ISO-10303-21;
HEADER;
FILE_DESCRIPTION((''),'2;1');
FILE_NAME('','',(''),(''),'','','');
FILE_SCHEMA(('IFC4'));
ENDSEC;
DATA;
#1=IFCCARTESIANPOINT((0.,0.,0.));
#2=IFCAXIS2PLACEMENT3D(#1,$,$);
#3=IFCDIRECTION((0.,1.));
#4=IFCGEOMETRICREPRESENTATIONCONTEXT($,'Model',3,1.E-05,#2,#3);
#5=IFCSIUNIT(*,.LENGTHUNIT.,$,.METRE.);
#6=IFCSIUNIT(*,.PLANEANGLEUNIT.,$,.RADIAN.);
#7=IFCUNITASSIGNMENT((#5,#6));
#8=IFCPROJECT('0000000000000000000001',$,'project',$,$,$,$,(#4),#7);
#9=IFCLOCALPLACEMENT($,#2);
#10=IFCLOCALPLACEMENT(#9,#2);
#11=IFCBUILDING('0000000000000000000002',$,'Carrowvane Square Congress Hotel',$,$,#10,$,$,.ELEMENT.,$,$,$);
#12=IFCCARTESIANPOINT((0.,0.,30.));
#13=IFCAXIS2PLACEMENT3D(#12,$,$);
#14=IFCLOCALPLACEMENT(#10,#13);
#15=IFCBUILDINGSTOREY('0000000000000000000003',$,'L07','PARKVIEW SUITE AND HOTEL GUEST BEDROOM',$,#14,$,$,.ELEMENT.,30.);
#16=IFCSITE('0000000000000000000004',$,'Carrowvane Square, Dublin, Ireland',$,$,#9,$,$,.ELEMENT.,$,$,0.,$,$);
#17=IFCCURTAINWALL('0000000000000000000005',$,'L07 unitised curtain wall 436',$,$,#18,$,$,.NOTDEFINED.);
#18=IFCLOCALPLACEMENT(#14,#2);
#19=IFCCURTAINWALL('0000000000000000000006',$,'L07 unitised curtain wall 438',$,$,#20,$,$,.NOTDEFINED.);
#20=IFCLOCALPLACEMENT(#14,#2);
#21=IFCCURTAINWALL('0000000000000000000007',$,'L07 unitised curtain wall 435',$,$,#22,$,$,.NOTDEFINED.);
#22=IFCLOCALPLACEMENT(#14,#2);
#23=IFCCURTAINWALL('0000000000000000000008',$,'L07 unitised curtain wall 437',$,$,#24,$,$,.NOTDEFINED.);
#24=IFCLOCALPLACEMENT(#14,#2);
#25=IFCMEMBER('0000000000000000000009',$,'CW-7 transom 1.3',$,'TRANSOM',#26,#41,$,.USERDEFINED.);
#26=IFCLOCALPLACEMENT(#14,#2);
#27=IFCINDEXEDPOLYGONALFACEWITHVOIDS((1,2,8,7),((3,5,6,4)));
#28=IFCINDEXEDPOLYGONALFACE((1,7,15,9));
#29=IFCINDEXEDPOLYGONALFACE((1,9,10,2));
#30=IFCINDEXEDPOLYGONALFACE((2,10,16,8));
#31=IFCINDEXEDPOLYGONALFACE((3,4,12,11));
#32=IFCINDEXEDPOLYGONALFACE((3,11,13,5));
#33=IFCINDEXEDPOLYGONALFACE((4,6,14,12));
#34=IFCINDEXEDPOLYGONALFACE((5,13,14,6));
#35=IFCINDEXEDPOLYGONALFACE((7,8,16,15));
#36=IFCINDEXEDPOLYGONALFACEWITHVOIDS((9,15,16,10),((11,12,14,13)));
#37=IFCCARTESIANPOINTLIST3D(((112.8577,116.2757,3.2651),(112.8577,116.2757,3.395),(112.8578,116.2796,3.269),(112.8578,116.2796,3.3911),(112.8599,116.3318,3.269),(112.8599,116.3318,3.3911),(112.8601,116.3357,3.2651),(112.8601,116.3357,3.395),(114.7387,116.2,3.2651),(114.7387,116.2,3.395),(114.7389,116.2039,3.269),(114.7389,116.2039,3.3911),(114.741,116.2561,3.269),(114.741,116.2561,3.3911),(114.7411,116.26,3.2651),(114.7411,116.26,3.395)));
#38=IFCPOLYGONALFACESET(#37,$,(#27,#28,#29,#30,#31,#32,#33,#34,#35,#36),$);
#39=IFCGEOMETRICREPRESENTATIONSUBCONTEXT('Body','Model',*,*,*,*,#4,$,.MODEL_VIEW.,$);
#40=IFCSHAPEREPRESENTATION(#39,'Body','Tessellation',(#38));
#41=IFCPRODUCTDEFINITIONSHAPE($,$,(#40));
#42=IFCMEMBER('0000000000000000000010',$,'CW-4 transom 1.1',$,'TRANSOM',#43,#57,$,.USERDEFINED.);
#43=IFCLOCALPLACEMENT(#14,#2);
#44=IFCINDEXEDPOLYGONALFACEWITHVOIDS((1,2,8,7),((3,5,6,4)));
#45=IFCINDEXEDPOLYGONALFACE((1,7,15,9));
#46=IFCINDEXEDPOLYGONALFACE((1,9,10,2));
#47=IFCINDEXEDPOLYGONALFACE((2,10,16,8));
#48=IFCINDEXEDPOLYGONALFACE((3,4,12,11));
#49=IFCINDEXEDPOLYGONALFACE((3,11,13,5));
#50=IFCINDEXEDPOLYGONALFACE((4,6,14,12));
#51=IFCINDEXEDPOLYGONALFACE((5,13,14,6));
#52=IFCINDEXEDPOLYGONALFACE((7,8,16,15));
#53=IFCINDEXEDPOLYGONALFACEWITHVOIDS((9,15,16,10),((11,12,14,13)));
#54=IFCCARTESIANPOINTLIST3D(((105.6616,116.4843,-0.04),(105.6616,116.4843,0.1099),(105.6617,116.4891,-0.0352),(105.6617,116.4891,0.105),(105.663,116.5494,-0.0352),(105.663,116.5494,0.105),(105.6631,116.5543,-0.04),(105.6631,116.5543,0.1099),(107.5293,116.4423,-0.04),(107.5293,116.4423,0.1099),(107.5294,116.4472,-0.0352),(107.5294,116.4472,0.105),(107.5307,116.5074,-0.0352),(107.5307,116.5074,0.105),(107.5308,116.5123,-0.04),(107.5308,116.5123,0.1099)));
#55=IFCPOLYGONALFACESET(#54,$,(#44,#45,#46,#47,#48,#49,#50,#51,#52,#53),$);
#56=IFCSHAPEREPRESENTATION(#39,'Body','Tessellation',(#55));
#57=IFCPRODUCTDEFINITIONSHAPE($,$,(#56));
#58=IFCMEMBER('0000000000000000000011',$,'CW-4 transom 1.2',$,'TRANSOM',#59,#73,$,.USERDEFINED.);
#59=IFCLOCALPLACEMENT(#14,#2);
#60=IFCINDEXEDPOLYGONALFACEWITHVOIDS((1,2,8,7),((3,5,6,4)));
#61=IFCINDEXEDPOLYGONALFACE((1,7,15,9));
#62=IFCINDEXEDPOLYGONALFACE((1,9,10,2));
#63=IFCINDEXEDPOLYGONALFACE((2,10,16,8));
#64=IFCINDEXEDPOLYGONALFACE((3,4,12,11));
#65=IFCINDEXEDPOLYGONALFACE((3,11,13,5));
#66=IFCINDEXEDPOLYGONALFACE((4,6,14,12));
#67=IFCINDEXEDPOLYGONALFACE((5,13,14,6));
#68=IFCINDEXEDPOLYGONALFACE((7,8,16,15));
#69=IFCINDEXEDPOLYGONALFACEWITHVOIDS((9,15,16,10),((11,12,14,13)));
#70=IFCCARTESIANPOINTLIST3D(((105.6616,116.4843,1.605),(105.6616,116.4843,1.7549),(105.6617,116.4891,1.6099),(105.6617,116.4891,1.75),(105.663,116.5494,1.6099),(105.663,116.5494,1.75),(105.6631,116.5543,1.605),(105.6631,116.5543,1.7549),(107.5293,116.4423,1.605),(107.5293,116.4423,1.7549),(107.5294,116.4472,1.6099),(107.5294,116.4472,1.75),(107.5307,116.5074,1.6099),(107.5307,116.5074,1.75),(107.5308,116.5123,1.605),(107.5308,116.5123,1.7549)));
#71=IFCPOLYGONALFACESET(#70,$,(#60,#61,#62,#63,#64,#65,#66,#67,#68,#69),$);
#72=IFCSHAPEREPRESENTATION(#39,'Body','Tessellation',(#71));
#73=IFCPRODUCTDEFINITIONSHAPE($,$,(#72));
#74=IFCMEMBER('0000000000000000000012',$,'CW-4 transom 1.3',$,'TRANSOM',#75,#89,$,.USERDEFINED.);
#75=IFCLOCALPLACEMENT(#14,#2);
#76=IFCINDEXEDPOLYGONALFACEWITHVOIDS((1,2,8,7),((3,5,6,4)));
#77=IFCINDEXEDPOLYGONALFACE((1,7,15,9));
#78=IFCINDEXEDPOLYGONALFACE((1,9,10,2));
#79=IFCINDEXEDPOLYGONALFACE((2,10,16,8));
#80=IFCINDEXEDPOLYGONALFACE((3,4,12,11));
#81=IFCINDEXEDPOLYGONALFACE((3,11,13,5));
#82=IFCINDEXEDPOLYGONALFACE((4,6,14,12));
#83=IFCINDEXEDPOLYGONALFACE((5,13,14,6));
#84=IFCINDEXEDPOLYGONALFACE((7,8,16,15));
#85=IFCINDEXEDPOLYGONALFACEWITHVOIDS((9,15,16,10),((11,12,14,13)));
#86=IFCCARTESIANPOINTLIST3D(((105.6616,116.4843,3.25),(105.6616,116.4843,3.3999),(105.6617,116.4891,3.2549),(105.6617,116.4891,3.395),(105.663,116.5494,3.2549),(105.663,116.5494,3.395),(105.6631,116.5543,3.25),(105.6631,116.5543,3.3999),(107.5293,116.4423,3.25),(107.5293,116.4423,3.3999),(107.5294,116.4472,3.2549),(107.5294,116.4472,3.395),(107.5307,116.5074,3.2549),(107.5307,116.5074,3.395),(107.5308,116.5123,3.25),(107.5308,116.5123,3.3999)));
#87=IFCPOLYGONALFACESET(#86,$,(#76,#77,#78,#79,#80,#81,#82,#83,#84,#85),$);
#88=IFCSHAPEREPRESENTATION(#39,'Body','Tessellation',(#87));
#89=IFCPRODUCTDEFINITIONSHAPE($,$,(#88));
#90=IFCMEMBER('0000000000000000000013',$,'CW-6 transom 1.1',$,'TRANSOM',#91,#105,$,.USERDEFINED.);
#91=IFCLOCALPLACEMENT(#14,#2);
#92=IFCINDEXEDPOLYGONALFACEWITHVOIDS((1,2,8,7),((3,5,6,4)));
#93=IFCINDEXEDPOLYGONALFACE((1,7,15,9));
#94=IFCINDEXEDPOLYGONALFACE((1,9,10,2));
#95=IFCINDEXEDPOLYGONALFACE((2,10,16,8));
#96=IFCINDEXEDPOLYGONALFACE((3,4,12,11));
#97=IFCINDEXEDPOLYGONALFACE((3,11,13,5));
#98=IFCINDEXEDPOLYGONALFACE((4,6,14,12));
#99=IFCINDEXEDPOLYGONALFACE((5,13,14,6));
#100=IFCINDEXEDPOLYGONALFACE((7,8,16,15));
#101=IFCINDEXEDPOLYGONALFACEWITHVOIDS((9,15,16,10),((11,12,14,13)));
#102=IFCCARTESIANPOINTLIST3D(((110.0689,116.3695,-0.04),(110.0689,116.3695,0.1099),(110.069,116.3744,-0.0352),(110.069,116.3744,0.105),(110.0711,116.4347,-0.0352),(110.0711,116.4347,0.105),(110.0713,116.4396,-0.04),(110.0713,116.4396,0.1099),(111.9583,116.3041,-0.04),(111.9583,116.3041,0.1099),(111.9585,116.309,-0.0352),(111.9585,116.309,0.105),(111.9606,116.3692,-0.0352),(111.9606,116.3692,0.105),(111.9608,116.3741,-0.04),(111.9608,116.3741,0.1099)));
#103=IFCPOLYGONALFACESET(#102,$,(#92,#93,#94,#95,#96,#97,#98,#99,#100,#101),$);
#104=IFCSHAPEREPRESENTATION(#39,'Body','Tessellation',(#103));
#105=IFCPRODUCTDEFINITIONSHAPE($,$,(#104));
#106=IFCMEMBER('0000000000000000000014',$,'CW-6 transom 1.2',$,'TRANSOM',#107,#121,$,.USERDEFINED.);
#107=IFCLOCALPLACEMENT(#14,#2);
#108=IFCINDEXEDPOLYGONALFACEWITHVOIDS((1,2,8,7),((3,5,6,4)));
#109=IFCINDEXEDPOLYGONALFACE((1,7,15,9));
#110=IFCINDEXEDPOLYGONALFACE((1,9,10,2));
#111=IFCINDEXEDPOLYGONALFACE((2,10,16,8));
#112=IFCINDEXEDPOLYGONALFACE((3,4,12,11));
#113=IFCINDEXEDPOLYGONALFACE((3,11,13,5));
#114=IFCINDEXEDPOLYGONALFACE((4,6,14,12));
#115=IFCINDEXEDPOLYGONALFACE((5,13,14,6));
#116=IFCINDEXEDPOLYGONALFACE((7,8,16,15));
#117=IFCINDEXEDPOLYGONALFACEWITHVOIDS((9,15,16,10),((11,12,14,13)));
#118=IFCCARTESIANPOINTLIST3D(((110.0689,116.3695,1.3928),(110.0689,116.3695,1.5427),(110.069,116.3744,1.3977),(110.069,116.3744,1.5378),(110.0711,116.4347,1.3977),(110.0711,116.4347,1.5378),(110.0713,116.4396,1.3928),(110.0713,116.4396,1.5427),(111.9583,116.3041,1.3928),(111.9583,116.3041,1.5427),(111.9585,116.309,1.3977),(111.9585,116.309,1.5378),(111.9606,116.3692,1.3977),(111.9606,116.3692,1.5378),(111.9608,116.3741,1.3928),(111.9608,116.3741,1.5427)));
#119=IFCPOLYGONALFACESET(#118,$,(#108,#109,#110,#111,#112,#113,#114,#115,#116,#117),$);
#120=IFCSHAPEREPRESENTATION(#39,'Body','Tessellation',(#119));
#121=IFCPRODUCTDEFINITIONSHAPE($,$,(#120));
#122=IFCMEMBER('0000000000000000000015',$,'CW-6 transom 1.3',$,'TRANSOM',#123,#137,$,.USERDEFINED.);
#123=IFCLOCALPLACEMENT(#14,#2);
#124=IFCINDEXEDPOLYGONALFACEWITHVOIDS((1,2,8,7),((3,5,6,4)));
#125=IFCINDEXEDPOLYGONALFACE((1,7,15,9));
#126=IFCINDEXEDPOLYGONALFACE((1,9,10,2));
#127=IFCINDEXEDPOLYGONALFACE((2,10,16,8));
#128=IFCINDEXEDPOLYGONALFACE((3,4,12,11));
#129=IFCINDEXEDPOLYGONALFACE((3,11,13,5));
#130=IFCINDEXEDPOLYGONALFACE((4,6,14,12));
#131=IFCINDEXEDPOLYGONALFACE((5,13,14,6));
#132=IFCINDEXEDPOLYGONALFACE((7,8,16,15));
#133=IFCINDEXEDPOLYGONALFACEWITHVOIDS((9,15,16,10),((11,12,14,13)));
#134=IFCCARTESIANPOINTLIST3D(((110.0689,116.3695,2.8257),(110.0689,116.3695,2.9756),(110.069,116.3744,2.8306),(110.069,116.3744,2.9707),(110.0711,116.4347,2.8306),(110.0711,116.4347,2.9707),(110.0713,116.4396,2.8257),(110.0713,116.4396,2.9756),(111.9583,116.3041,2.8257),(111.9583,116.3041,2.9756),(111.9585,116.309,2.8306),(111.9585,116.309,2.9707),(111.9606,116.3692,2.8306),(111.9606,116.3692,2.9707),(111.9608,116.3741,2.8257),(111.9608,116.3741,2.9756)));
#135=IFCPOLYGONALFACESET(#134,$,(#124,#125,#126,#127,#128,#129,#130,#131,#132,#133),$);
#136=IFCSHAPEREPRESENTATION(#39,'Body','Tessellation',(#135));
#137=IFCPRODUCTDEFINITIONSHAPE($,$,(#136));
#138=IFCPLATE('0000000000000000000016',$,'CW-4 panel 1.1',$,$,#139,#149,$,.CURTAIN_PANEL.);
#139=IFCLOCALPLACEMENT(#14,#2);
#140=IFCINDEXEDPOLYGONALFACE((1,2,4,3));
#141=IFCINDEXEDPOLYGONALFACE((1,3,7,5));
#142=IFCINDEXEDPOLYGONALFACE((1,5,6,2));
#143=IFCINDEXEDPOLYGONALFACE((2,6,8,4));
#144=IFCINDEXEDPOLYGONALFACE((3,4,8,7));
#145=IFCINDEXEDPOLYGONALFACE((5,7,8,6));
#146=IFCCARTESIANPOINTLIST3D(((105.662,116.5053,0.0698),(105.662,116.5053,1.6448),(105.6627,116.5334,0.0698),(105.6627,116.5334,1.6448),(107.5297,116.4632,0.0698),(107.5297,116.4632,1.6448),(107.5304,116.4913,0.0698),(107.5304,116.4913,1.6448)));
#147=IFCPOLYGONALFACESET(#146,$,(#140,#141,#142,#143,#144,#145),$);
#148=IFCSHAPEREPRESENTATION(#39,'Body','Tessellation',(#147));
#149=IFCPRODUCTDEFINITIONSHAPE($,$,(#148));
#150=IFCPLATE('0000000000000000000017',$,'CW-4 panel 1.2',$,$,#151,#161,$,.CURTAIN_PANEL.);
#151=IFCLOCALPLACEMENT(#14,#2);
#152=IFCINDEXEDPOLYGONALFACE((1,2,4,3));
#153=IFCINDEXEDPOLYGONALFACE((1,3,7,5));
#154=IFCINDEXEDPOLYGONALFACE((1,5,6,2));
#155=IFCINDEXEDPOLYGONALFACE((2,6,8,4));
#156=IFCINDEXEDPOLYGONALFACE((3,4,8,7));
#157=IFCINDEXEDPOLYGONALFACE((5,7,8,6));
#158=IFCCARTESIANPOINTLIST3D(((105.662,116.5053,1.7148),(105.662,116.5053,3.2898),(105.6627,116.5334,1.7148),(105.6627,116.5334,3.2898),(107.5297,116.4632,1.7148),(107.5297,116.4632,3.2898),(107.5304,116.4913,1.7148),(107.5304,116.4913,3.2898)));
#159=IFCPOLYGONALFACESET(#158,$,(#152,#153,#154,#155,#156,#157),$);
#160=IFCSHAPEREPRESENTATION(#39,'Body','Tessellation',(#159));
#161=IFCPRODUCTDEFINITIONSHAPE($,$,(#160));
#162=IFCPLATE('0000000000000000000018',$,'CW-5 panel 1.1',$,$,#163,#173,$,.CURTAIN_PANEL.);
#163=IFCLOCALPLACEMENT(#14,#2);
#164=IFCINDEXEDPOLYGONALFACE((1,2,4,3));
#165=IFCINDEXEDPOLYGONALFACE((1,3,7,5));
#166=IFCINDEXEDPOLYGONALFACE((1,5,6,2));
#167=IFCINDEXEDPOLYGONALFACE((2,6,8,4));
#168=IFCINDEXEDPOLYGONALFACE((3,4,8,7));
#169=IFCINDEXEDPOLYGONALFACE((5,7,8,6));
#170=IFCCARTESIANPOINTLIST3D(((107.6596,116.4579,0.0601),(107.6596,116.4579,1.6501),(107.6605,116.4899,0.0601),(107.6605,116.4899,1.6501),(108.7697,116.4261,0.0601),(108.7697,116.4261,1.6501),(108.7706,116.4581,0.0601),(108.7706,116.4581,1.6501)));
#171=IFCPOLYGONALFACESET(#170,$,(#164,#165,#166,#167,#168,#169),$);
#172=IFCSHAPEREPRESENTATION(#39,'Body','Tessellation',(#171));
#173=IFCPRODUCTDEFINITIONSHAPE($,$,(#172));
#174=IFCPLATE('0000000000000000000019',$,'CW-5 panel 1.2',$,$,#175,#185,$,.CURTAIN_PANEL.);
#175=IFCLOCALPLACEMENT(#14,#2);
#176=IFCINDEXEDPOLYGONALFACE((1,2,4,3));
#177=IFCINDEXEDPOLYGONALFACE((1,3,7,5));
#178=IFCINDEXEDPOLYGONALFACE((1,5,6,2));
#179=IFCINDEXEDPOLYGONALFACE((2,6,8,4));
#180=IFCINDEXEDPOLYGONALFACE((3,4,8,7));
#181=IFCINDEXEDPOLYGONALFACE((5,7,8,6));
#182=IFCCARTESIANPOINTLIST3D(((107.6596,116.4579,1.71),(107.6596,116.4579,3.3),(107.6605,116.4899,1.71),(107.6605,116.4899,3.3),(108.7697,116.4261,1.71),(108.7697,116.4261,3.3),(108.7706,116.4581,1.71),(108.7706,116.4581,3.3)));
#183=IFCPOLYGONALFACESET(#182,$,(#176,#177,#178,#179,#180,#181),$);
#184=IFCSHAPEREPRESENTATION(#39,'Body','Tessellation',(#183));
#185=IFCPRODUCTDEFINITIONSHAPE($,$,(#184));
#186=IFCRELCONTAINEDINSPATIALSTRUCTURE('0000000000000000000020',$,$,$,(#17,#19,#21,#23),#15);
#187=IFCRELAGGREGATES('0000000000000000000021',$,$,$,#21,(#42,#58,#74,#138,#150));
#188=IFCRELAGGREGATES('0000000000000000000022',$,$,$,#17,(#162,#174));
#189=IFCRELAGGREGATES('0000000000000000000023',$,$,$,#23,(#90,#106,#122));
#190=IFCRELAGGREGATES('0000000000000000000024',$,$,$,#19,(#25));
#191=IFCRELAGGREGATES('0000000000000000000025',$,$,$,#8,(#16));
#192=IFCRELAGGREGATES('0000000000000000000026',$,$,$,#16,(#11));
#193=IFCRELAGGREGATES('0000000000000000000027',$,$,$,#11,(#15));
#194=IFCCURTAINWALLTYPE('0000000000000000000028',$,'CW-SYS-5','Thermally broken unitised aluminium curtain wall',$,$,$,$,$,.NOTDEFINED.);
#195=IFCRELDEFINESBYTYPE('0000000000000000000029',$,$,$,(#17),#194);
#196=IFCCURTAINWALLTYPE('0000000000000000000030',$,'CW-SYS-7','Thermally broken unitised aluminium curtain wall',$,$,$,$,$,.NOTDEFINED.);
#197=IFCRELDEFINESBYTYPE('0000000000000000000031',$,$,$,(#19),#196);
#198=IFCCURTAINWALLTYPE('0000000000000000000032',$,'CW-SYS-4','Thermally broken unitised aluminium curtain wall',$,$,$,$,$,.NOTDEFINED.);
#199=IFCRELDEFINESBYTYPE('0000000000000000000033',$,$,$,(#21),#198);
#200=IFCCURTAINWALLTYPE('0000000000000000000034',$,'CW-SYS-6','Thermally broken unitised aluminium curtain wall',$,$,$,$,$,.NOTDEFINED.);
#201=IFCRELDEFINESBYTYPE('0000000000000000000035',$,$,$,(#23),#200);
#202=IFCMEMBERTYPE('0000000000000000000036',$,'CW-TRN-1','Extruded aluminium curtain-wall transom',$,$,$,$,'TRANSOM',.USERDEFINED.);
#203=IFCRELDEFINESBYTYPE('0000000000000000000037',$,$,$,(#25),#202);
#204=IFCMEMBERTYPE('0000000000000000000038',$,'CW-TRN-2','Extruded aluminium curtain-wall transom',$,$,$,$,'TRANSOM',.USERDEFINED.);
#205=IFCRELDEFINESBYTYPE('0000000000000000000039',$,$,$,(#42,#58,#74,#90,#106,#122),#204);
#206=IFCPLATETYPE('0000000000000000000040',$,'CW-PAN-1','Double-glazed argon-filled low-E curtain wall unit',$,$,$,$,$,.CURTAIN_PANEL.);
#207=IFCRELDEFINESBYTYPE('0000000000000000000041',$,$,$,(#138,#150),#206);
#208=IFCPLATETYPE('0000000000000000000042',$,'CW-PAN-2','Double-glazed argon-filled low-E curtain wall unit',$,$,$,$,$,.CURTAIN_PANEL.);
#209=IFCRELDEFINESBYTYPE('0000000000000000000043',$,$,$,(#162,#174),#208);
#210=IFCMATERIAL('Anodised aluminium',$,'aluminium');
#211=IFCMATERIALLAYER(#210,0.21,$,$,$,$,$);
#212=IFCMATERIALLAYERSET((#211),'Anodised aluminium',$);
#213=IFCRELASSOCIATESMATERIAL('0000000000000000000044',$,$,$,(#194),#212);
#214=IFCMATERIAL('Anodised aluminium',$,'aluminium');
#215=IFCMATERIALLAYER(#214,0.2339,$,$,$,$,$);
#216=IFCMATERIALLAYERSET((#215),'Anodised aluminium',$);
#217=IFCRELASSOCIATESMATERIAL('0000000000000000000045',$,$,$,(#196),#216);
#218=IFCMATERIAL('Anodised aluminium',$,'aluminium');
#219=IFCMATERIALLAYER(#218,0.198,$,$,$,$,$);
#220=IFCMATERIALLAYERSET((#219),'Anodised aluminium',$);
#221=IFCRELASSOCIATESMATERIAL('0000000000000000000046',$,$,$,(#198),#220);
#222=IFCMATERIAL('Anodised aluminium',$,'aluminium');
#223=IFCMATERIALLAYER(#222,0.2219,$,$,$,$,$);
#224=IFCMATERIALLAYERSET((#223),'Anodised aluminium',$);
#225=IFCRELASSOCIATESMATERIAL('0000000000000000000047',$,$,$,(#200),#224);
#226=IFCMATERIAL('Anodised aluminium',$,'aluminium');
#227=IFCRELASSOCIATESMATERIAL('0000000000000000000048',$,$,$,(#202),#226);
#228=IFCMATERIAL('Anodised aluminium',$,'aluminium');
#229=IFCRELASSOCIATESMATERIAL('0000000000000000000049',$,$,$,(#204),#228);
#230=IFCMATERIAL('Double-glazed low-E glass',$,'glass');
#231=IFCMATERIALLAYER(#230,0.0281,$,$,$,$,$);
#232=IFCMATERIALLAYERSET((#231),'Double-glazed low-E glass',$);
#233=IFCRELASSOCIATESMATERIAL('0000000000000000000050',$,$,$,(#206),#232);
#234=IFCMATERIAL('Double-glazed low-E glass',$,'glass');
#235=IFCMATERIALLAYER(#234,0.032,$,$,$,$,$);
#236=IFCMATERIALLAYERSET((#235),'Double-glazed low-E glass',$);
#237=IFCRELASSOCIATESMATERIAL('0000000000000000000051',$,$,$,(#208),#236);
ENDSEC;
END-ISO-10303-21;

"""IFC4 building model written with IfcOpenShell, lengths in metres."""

from ifc_helpers import new_model, si_unit, direction, frame, origin, origin_2d, place, context, subcontext, project, spatial, rectangle, hollow_rectangle, extrude, material, layer, layer_set, material_profile, profile_set, type_object, element, aggregate, save


model = new_model("IFC4")

# Units and contexts
model_context = context("Model", 3, precision=1e-05, world=origin(), true_north=direction((0.0, 1.0)))
body_context = subcontext(model_context, "Body", "Model", "MODEL_VIEW")
ifc_project = project(units=[si_unit("LENGTHUNIT", "METRE"), si_unit("PLANEANGLEUNIT", "RADIAN")], contexts=[model_context])

# Site, building, storey
site_placement = place(None, origin())
site = spatial("IfcSite", under=ifc_project, at=site_placement, Name="Carrowvane Square, Dublin, Ireland", CompositionType="ELEMENT", RefElevation=0.0)
building_placement = place(site_placement, origin())
building = spatial("IfcBuilding", under=site, at=building_placement, Name="Carrowvane Square Congress Hotel", CompositionType="ELEMENT")
storey_placement = place(building_placement, frame((0.0, 0.0, 30.0)))
storey = spatial("IfcBuildingStorey", under=building, at=storey_placement, Name="L07", Description="PARKVIEW SUITE AND HOTEL GUEST BEDROOM", CompositionType="ELEMENT", Elevation=30.0)

# Curtain wall
ifc_material_1 = material(Name="Anodised aluminium", Category="aluminium")
ifc_layer_1 = layer(ifc_material_1, 0.21)
ifc_layer_set_1 = layer_set([ifc_layer_1], Name="Anodised aluminium")
curtain_wall_type_1 = type_object("IfcCurtainWallType", Name="CW-SYS-5", Description="Thermally broken unitised aluminium curtain wall", PredefinedType="NOTDEFINED", material=ifc_layer_set_1)
curtain_wall_1_placement = place(storey_placement, origin())
curtain_wall_1 = element("IfcCurtainWall", 1, at=curtain_wall_1_placement, inside=storey, type_object=curtain_wall_type_1, Name="L07 unitised curtain wall 436", PredefinedType="NOTDEFINED")

# Curtain wall
ifc_material_2 = material(Name="Anodised aluminium", Category="aluminium")
ifc_layer_2 = layer(ifc_material_2, 0.2339)
ifc_layer_set_2 = layer_set([ifc_layer_2], Name="Anodised aluminium")
curtain_wall_type_2 = type_object("IfcCurtainWallType", Name="CW-SYS-7", Description="Thermally broken unitised aluminium curtain wall", PredefinedType="NOTDEFINED", material=ifc_layer_set_2)
curtain_wall_2_placement = place(storey_placement, origin())
curtain_wall_2 = element("IfcCurtainWall", 2, at=curtain_wall_2_placement, inside=storey, type_object=curtain_wall_type_2, Name="L07 unitised curtain wall 438", PredefinedType="NOTDEFINED")

# Curtain walls
ifc_material_3 = material(Name="Anodised aluminium", Category="aluminium")
ifc_layer_3 = layer(ifc_material_3, 0.198)
ifc_layer_set_3 = layer_set([ifc_layer_3], Name="Anodised aluminium")
curtain_wall_type_3 = type_object("IfcCurtainWallType", Name="CW-SYS-4", Description="Thermally broken unitised aluminium curtain wall", PredefinedType="NOTDEFINED", material=ifc_layer_set_3)
curtain_wall_3_placement = place(storey_placement, origin())
curtain_wall_3 = element("IfcCurtainWall", 3, at=curtain_wall_3_placement, inside=storey, type_object=curtain_wall_type_3, Name="L07 unitised curtain wall 435", PredefinedType="NOTDEFINED")
ifc_material_4 = material(Name="Anodised aluminium", Category="aluminium")
ifc_layer_4 = layer(ifc_material_4, 0.2219)
ifc_layer_set_4 = layer_set([ifc_layer_4], Name="Anodised aluminium")
curtain_wall_type_4 = type_object("IfcCurtainWallType", Name="CW-SYS-6", Description="Thermally broken unitised aluminium curtain wall", PredefinedType="NOTDEFINED", material=ifc_layer_set_4)
curtain_wall_4_placement = place(storey_placement, origin())
curtain_wall_4 = element("IfcCurtainWall", 4, at=curtain_wall_4_placement, inside=storey, type_object=curtain_wall_type_4, Name="L07 unitised curtain wall 437", PredefinedType="NOTDEFINED")

# Members
ifc_material_5 = material(Name="Anodised aluminium", Category="aluminium")
ifc_material_profile_1 = material_profile(ifc_material_5, hollow_rectangle(XDim=0.0601, YDim=0.1299, WallThickness=0.0039, at=origin_2d()), Name="CW-TR 60x130x4")
ifc_profile_set_1 = profile_set([ifc_material_profile_1], Name="Anodised aluminium")
member_type_1 = type_object("IfcMemberType", Name="CW-TRN-1", Description="Extruded aluminium curtain-wall transom", ElementType="TRANSOM", PredefinedType="USERDEFINED", material=ifc_profile_set_1)
member_1_placement = place(storey_placement, frame((112.8589, 116.3057, 3.3301), z_axis=(0.999192, -0.040201, 0.0), x_axis=(0.040201, 0.999192, 0.0)))
member_1 = element("IfcMember", 5, at=member_1_placement, type_object=member_type_1, Name="CW-7 transom 1.3", ObjectType="TRANSOM", PredefinedType="USERDEFINED", context=body_context, shape_type="SweptSolid", body=[
    extrude(hollow_rectangle(XDim=0.0601, YDim=0.1299, WallThickness=0.0039, at=origin_2d()), origin(), (0.0, 0.0, 1.0), 1.8826),
])
ifc_material_6 = material(Name="Anodised aluminium", Category="aluminium")
ifc_material_profile_2 = material_profile(ifc_material_6, hollow_rectangle(XDim=0.0701, YDim=0.1499, WallThickness=0.0049, at=origin_2d()), Name="CW-TR 70x150x5")
ifc_profile_set_2 = profile_set([ifc_material_profile_2], Name="Anodised aluminium")
member_type_2 = type_object("IfcMemberType", Name="CW-TRN-2", Description="Extruded aluminium curtain-wall transom", ElementType="TRANSOM", PredefinedType="USERDEFINED", material=ifc_profile_set_2)
member_2_placement = place(storey_placement, frame((105.6624, 116.5193, 0.0349), z_axis=(0.999747, -0.022478, 0.0), x_axis=(0.022478, 0.999747, 0.0)))
member_2 = element("IfcMember", 6, at=member_2_placement, type_object=member_type_2, Name="CW-4 transom 1.1", ObjectType="TRANSOM", PredefinedType="USERDEFINED", context=body_context, shape_type="SweptSolid", body=[
    extrude(hollow_rectangle(XDim=0.0701, YDim=0.1499, WallThickness=0.0049, at=origin_2d()), origin(), (0.0, 0.0, 1.0), 1.8682),
])
member_3_placement = place(storey_placement, frame((105.6624, 116.5193, 1.6799), z_axis=(0.999747, -0.022478, 0.0), x_axis=(0.022478, 0.999747, 0.0)))
member_3 = element("IfcMember", 7, at=member_3_placement, type_object=member_type_2, Name="CW-4 transom 1.2", ObjectType="TRANSOM", PredefinedType="USERDEFINED", context=body_context, shape_type="SweptSolid", body=[
    extrude(hollow_rectangle(XDim=0.0701, YDim=0.1499, WallThickness=0.0049, at=origin_2d()), origin(), (0.0, 0.0, 1.0), 1.8682),
])
member_4_placement = place(storey_placement, frame((105.6624, 116.5193, 3.325), z_axis=(0.999747, -0.022478, 0.0), x_axis=(0.022478, 0.999747, 0.0)))
member_4 = element("IfcMember", 8, at=member_4_placement, type_object=member_type_2, Name="CW-4 transom 1.3", ObjectType="TRANSOM", PredefinedType="USERDEFINED", context=body_context, shape_type="SweptSolid", body=[
    extrude(hollow_rectangle(XDim=0.0701, YDim=0.1499, WallThickness=0.0049, at=origin_2d()), origin(), (0.0, 0.0, 1.0), 1.8682),
])
member_5_placement = place(storey_placement, frame((110.0701, 116.4045, 0.0349), z_axis=(0.999401, -0.034609, 0.0), x_axis=(0.034609, 0.999401, 0.0)))
member_5 = element("IfcMember", 9, at=member_5_placement, type_object=member_type_2, Name="CW-6 transom 1.1", ObjectType="TRANSOM", PredefinedType="USERDEFINED", context=body_context, shape_type="SweptSolid", body=[
    extrude(hollow_rectangle(XDim=0.0701, YDim=0.1499, WallThickness=0.0049, at=origin_2d()), origin(), (0.0, 0.0, 1.0), 1.8906),
])
member_6_placement = place(storey_placement, frame((110.0701, 116.4045, 1.4678), z_axis=(0.999401, -0.034609, 0.0), x_axis=(0.034609, 0.999401, 0.0)))
member_6 = element("IfcMember", 10, at=member_6_placement, type_object=member_type_2, Name="CW-6 transom 1.2", ObjectType="TRANSOM", PredefinedType="USERDEFINED", context=body_context, shape_type="SweptSolid", body=[
    extrude(hollow_rectangle(XDim=0.0701, YDim=0.1499, WallThickness=0.0049, at=origin_2d()), origin(), (0.0, 0.0, 1.0), 1.8906),
])
member_7_placement = place(storey_placement, frame((110.0701, 116.4045, 2.9006), z_axis=(0.999401, -0.034609, 0.0), x_axis=(0.034609, 0.999401, 0.0)))
member_7 = element("IfcMember", 11, at=member_7_placement, type_object=member_type_2, Name="CW-6 transom 1.3", ObjectType="TRANSOM", PredefinedType="USERDEFINED", context=body_context, shape_type="SweptSolid", body=[
    extrude(hollow_rectangle(XDim=0.0701, YDim=0.1499, WallThickness=0.0049, at=origin_2d()), origin(), (0.0, 0.0, 1.0), 1.8906),
])

# Plates
ifc_material_7 = material(Name="Double-glazed low-E glass", Category="glass")
ifc_layer_5 = layer(ifc_material_7, 0.0281)
ifc_layer_set_5 = layer_set([ifc_layer_5], Name="Double-glazed low-E glass")
plate_type_1 = type_object("IfcPlateType", Name="CW-PAN-1", Description="Double-glazed argon-filled low-E curtain wall unit", PredefinedType="CURTAIN_PANEL", material=ifc_layer_set_5)
plate_1_placement = place(storey_placement, frame((106.5962, 116.4983, 0.0698), z_axis=(0.0, 0.0, 1.0), x_axis=(0.999746, -0.022518, 0.0)))
plate_1 = element("IfcPlate", 12, at=plate_1_placement, type_object=plate_type_1, Name="CW-4 panel 1.1", PredefinedType="CURTAIN_PANEL", context=body_context, shape_type="SweptSolid", body=[
    extrude(rectangle(XDim=1.8682, YDim=0.0281, at=origin_2d()), origin(), (0.0, 0.0, 1.0), 1.575),
])
plate_2_placement = place(storey_placement, frame((106.5962, 116.4983, 1.7148), z_axis=(0.0, 0.0, 1.0), x_axis=(0.999746, -0.022518, 0.0)))
plate_2 = element("IfcPlate", 13, at=plate_2_placement, type_object=plate_type_1, Name="CW-4 panel 1.2", PredefinedType="CURTAIN_PANEL", context=body_context, shape_type="SweptSolid", body=[
    extrude(rectangle(XDim=1.8682, YDim=0.0281, at=origin_2d()), origin(), (0.0, 0.0, 1.0), 1.575),
])
aggregate(curtain_wall_3, [member_2, member_3, member_4, plate_1, plate_2])
ifc_material_8 = material(Name="Double-glazed low-E glass", Category="glass")
ifc_layer_6 = layer(ifc_material_8, 0.032)
ifc_layer_set_6 = layer_set([ifc_layer_6], Name="Double-glazed low-E glass")
plate_type_2 = type_object("IfcPlateType", Name="CW-PAN-2", Description="Double-glazed argon-filled low-E curtain wall unit", PredefinedType="CURTAIN_PANEL", material=ifc_layer_set_6)
plate_3_placement = place(storey_placement, frame((108.2151, 116.458, 0.0601), z_axis=(0.0, 0.0, 1.0), x_axis=(0.99959, -0.028638, 0.0)))
plate_3 = element("IfcPlate", 14, at=plate_3_placement, type_object=plate_type_2, Name="CW-5 panel 1.1", PredefinedType="CURTAIN_PANEL", context=body_context, shape_type="SweptSolid", body=[
    extrude(rectangle(XDim=1.1106, YDim=0.032, at=origin_2d()), origin(), (0.0, 0.0, 1.0), 1.5901),
])
plate_4_placement = place(storey_placement, frame((108.2151, 116.458, 1.71), z_axis=(0.0, 0.0, 1.0), x_axis=(0.99959, -0.028638, 0.0)))
plate_4 = element("IfcPlate", 15, at=plate_4_placement, type_object=plate_type_2, Name="CW-5 panel 1.2", PredefinedType="CURTAIN_PANEL", context=body_context, shape_type="SweptSolid", body=[
    extrude(rectangle(XDim=1.1106, YDim=0.032, at=origin_2d()), origin(), (0.0, 0.0, 1.0), 1.5901),
])
aggregate(curtain_wall_1, [plate_3, plate_4])
aggregate(curtain_wall_4, [member_5, member_6, member_7])
aggregate(curtain_wall_2, [member_1])

save(model, "model.ifc")
